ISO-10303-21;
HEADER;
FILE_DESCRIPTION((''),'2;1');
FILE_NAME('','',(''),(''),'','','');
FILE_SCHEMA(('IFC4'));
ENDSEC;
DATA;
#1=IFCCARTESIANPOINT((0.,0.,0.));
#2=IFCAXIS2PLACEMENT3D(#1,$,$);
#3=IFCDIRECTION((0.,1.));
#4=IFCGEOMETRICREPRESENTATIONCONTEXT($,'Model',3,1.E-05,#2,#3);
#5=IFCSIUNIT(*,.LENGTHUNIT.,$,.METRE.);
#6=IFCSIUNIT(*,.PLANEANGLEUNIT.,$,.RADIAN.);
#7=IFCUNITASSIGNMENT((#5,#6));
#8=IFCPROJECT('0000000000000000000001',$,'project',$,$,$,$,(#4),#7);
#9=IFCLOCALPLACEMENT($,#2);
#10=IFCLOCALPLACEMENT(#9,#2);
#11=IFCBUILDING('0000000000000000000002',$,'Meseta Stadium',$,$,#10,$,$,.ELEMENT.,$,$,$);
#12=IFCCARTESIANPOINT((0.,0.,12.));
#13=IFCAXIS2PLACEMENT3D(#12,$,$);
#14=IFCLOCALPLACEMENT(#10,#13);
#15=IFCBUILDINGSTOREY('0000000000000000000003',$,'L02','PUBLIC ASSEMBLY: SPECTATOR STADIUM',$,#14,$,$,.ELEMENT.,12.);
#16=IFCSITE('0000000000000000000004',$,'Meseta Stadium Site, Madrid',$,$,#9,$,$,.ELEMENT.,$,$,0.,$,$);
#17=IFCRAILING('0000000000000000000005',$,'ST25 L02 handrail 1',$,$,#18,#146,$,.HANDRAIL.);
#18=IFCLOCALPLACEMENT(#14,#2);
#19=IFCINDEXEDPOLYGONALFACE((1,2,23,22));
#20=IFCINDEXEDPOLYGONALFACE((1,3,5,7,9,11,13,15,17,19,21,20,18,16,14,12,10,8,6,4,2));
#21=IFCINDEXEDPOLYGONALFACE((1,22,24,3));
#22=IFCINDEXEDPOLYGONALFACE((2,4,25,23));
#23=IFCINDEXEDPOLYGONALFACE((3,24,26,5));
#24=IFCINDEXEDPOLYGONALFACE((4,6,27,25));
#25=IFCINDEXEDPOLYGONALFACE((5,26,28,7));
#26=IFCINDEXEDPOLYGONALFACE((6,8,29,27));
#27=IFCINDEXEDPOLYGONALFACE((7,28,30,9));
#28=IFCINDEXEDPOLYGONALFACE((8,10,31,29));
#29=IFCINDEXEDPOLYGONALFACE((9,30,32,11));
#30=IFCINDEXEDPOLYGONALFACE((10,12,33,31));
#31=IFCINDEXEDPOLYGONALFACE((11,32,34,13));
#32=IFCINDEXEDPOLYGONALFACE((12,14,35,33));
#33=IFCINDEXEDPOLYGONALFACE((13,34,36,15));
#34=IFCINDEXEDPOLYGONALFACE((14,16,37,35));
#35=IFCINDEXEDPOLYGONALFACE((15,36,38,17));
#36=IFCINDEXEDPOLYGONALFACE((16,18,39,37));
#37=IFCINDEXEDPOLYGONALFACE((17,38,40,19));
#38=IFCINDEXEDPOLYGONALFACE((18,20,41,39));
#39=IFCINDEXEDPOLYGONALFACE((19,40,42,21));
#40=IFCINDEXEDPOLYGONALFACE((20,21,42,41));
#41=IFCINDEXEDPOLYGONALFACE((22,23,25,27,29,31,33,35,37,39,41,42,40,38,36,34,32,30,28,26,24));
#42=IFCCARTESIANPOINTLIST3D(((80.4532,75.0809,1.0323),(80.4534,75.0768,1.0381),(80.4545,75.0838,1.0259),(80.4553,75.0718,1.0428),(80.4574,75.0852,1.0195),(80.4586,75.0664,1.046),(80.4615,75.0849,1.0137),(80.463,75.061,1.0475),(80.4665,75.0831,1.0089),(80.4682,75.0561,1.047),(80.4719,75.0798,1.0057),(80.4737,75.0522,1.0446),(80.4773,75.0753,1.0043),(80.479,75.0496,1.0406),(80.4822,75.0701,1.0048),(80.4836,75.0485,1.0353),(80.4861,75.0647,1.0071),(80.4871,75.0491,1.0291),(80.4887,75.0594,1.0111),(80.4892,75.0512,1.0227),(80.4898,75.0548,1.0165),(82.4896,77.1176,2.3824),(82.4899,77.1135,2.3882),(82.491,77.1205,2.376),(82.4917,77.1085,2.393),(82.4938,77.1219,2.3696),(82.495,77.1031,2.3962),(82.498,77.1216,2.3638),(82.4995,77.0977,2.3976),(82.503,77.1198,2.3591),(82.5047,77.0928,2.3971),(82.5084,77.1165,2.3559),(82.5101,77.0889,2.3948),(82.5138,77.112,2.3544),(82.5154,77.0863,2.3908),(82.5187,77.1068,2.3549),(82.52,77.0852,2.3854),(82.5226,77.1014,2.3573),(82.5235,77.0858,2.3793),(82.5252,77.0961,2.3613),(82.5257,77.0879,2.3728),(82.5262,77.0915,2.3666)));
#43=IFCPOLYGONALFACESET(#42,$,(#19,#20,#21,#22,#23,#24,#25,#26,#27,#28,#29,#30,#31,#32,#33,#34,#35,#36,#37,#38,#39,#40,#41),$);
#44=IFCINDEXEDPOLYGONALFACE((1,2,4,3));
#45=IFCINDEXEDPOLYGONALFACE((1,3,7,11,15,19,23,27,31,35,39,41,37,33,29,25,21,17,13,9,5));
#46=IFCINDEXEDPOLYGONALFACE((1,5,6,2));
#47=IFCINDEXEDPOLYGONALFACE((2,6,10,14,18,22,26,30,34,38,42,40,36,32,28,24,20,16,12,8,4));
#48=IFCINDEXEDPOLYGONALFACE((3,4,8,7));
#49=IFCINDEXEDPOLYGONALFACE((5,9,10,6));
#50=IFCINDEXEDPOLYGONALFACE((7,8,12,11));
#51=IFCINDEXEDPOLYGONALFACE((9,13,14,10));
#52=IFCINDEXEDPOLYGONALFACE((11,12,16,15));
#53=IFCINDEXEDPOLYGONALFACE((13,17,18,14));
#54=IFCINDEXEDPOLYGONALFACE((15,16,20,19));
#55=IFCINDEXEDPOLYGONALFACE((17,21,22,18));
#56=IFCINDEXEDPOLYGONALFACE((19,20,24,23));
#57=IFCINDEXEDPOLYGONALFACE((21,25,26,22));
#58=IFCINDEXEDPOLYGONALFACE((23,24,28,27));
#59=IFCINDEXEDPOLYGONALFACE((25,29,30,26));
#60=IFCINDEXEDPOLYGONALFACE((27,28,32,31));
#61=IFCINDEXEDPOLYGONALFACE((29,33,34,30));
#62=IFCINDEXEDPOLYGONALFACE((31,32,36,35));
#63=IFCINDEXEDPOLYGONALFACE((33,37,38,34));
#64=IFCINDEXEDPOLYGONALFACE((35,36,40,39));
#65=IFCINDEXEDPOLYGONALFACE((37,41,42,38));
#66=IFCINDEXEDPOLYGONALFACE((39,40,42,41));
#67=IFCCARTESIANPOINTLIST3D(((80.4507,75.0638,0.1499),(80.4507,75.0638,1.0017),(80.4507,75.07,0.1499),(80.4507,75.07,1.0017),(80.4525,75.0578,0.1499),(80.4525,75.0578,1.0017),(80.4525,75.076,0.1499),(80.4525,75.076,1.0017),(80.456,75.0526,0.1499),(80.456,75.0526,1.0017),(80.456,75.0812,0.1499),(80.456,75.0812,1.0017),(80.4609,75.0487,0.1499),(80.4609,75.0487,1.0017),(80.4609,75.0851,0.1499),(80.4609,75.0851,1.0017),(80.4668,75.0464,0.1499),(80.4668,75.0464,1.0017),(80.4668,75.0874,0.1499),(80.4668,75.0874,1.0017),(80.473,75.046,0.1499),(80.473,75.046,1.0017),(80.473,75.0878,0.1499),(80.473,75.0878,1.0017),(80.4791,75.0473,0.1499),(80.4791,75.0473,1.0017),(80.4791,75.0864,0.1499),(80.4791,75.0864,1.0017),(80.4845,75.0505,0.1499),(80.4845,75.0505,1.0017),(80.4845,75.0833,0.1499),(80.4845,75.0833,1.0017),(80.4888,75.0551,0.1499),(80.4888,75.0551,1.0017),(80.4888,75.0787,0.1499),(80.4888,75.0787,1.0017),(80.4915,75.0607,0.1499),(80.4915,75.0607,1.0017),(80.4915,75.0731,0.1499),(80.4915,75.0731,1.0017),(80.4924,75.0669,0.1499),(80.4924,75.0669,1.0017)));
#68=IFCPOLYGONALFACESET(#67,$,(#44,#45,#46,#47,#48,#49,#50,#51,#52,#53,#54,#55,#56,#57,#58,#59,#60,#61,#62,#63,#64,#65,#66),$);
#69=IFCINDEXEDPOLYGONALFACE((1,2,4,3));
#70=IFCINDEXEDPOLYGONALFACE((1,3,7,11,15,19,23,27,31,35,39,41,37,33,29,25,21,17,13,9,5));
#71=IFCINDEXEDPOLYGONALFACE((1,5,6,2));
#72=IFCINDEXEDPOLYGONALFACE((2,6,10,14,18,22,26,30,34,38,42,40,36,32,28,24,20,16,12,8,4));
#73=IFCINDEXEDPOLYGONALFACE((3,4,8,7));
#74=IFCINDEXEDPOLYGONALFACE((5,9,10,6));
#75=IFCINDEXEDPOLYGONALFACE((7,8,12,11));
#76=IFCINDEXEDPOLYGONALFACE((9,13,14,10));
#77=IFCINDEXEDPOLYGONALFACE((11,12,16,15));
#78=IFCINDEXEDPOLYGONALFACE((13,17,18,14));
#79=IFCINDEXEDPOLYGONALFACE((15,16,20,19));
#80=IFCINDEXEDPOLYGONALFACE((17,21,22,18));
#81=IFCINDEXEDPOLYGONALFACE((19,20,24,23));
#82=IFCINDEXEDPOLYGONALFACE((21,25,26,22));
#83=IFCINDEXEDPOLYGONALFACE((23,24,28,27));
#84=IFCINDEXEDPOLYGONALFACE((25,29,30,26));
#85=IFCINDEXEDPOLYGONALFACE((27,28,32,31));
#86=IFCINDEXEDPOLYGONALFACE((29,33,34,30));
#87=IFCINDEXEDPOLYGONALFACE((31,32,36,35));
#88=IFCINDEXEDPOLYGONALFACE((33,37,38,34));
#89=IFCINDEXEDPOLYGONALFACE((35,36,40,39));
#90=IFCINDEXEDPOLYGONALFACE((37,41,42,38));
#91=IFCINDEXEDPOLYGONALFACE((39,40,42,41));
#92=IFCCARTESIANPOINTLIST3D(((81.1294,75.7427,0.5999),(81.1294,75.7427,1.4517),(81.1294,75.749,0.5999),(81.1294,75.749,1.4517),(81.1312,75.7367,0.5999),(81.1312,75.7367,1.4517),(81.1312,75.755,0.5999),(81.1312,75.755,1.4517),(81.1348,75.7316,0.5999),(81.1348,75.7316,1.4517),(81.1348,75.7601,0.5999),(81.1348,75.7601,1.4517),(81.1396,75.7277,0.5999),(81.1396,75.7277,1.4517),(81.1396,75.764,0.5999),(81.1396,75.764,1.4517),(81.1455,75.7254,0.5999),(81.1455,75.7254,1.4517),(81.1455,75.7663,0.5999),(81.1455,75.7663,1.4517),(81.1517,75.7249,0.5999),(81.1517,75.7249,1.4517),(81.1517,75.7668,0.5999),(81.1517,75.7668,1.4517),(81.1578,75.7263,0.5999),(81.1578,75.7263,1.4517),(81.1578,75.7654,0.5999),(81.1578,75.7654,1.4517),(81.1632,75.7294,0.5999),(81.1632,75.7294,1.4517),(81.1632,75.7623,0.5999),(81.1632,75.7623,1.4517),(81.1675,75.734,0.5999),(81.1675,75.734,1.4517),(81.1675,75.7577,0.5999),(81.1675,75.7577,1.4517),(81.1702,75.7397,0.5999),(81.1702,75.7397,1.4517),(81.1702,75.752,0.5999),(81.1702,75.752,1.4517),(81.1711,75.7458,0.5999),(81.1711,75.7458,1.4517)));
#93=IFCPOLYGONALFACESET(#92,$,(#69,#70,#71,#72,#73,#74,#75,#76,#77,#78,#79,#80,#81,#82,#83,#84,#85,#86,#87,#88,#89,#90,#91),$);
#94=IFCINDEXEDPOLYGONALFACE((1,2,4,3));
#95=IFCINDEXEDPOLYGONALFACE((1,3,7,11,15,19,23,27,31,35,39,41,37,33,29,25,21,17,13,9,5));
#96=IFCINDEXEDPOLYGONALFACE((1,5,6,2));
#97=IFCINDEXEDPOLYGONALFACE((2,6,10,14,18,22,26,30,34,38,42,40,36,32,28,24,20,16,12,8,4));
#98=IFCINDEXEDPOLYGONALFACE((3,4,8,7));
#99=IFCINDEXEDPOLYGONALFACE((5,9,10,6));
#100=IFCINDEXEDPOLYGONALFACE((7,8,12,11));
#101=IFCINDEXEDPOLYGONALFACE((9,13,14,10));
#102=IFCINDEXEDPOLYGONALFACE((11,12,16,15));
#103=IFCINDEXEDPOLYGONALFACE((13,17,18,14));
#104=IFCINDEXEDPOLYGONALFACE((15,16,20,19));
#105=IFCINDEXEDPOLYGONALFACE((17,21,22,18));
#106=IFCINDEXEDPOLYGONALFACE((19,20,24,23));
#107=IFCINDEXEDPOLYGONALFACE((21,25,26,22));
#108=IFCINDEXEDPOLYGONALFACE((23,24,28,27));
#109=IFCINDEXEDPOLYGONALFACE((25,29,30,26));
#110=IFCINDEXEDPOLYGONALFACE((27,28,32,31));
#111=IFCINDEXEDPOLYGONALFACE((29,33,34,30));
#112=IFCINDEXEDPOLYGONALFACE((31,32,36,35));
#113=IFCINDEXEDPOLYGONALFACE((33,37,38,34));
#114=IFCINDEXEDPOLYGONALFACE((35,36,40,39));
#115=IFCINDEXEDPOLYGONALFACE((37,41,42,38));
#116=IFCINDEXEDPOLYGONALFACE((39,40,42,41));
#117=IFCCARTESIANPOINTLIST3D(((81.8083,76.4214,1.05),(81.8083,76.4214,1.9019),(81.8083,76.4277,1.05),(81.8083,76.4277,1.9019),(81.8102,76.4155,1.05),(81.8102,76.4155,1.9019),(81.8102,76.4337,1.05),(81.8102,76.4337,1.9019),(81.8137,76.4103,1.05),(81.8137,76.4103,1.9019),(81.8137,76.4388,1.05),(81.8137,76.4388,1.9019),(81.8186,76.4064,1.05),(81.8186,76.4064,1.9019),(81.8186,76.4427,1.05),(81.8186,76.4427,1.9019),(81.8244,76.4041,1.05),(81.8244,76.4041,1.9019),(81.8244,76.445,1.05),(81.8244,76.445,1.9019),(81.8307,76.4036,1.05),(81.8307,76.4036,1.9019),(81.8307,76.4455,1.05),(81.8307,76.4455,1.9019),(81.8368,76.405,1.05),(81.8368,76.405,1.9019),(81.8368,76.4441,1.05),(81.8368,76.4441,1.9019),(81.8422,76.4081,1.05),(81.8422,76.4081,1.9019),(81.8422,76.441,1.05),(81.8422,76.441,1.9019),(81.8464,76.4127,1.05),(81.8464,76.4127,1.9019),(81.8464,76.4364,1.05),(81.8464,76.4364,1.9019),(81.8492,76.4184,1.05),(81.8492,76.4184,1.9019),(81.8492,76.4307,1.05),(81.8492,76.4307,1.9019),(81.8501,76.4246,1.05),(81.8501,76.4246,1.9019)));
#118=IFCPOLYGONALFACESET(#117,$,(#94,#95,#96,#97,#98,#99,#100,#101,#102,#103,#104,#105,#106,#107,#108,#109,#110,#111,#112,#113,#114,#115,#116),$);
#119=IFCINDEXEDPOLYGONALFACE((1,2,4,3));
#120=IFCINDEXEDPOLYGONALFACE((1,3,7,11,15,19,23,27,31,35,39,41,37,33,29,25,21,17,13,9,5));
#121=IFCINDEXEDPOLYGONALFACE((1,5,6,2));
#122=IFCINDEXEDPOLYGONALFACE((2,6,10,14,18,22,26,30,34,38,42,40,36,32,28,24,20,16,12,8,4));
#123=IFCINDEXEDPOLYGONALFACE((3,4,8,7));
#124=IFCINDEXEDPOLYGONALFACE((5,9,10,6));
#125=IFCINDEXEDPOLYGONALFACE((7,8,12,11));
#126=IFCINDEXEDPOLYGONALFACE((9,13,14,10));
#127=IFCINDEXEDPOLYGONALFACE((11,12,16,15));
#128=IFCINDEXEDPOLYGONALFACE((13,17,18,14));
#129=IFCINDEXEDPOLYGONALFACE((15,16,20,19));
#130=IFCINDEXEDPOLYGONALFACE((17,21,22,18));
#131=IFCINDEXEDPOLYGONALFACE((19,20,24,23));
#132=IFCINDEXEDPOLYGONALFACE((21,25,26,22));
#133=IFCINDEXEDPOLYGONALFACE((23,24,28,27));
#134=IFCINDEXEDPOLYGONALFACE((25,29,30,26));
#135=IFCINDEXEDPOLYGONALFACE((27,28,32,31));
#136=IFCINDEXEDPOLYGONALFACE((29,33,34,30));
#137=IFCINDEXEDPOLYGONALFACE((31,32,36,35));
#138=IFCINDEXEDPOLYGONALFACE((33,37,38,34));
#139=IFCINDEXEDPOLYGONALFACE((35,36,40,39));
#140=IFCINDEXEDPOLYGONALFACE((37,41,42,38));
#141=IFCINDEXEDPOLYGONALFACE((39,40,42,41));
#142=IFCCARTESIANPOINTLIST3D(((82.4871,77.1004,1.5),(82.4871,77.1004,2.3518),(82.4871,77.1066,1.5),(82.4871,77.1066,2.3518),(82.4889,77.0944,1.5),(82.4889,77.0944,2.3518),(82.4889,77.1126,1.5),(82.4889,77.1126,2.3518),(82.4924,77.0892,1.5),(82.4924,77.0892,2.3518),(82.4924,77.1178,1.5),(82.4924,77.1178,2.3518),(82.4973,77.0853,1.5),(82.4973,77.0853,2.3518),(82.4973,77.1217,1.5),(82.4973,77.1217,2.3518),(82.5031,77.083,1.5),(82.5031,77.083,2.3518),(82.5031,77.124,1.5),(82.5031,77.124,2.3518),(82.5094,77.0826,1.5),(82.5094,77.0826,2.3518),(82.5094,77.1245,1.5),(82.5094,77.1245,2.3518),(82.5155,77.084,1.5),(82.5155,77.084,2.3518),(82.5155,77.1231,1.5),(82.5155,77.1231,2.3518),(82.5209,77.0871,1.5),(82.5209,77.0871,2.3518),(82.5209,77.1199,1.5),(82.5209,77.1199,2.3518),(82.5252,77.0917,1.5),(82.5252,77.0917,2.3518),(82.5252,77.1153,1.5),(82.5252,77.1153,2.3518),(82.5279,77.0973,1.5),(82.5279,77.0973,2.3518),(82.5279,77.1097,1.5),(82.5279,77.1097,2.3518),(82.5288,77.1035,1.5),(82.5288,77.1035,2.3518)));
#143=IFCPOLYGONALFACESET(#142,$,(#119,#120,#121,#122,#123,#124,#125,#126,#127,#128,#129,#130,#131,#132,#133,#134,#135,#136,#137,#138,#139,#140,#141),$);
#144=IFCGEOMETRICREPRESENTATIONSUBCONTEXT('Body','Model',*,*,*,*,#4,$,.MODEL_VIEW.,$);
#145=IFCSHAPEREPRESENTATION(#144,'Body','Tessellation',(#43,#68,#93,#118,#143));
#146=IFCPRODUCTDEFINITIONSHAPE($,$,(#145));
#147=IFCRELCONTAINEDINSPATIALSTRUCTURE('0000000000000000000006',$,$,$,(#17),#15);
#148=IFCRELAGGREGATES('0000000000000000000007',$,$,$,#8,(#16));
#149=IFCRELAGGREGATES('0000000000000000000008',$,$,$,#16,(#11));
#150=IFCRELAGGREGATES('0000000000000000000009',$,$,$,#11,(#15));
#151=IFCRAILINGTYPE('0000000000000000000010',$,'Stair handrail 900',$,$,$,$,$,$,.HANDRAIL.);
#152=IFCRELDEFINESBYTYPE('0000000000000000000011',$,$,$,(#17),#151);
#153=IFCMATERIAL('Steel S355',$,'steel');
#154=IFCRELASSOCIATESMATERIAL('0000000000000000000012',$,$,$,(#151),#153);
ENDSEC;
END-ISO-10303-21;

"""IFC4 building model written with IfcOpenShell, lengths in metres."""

from ifc_helpers import new_model, si_unit, direction, frame, origin, origin_2d, place, context, subcontext, project, spatial, circle, extrude, material, type_object, element, save


model = new_model("IFC4")

# Units and contexts
model_context = context("Model", 3, precision=1e-05, world=origin(), true_north=direction((0.0, 1.0)))
body_context = subcontext(model_context, "Body", "Model", "MODEL_VIEW")
ifc_project = project(units=[si_unit("LENGTHUNIT", "METRE"), si_unit("PLANEANGLEUNIT", "RADIAN")], contexts=[model_context])

# Site, building, storey
site_placement = place(None, origin())
site = spatial("IfcSite", under=ifc_project, at=site_placement, Name="Meseta Stadium Site, Madrid", CompositionType="ELEMENT", RefElevation=0.0)
building_placement = place(site_placement, origin())
building = spatial("IfcBuilding", under=site, at=building_placement, Name="Meseta Stadium", CompositionType="ELEMENT")
storey_placement = place(building_placement, frame((0.0, 0.0, 12.0)))
storey = spatial("IfcBuildingStorey", under=building, at=storey_placement, Name="L02", Description="PUBLIC ASSEMBLY: SPECTATOR STADIUM", CompositionType="ELEMENT", Elevation=12.0)

# Railing
ifc_material_1 = material(Name="Steel S355", Category="steel")
railing_type_1 = type_object("IfcRailingType", Name="Stair handrail 900", PredefinedType="HANDRAIL", material=ifc_material_1)
railing_1_placement = place(storey_placement, frame((80.4714, 75.0669, 0.1499)))
element("IfcRailing", 1, at=railing_1_placement, inside=storey, type_object=railing_type_1, Name="ST25 L02 handrail 1", PredefinedType="HANDRAIL", context=body_context, shape_type="SweptSolid", body=[
    extrude(circle(Radius=0.0239, at=origin_2d()), frame((0.0, 0.0, 0.876), z_axis=(0.640211, 0.640288, 0.424454), x_axis=(-0.707149, 0.707064, 0.0)), (0.0, 0.0, 1.0), 3.1809),
    extrude(circle(Radius=0.021, at=origin_2d()), origin(), (0.0, 0.0, 1.0), 0.8518),
    extrude(circle(Radius=0.021, at=origin_2d()), frame((0.6787, 0.679, 0.45)), (0.0, 0.0, 1.0), 0.8518),
    extrude(circle(Radius=0.021, at=origin_2d()), frame((1.3577, 1.3577, 0.9001)), (0.0, 0.0, 1.0), 0.8518),
    extrude(circle(Radius=0.021, at=origin_2d()), frame((2.0364, 2.0366, 1.3501)), (0.0, 0.0, 1.0), 0.8518),
])

save(model, "model.ifc")
